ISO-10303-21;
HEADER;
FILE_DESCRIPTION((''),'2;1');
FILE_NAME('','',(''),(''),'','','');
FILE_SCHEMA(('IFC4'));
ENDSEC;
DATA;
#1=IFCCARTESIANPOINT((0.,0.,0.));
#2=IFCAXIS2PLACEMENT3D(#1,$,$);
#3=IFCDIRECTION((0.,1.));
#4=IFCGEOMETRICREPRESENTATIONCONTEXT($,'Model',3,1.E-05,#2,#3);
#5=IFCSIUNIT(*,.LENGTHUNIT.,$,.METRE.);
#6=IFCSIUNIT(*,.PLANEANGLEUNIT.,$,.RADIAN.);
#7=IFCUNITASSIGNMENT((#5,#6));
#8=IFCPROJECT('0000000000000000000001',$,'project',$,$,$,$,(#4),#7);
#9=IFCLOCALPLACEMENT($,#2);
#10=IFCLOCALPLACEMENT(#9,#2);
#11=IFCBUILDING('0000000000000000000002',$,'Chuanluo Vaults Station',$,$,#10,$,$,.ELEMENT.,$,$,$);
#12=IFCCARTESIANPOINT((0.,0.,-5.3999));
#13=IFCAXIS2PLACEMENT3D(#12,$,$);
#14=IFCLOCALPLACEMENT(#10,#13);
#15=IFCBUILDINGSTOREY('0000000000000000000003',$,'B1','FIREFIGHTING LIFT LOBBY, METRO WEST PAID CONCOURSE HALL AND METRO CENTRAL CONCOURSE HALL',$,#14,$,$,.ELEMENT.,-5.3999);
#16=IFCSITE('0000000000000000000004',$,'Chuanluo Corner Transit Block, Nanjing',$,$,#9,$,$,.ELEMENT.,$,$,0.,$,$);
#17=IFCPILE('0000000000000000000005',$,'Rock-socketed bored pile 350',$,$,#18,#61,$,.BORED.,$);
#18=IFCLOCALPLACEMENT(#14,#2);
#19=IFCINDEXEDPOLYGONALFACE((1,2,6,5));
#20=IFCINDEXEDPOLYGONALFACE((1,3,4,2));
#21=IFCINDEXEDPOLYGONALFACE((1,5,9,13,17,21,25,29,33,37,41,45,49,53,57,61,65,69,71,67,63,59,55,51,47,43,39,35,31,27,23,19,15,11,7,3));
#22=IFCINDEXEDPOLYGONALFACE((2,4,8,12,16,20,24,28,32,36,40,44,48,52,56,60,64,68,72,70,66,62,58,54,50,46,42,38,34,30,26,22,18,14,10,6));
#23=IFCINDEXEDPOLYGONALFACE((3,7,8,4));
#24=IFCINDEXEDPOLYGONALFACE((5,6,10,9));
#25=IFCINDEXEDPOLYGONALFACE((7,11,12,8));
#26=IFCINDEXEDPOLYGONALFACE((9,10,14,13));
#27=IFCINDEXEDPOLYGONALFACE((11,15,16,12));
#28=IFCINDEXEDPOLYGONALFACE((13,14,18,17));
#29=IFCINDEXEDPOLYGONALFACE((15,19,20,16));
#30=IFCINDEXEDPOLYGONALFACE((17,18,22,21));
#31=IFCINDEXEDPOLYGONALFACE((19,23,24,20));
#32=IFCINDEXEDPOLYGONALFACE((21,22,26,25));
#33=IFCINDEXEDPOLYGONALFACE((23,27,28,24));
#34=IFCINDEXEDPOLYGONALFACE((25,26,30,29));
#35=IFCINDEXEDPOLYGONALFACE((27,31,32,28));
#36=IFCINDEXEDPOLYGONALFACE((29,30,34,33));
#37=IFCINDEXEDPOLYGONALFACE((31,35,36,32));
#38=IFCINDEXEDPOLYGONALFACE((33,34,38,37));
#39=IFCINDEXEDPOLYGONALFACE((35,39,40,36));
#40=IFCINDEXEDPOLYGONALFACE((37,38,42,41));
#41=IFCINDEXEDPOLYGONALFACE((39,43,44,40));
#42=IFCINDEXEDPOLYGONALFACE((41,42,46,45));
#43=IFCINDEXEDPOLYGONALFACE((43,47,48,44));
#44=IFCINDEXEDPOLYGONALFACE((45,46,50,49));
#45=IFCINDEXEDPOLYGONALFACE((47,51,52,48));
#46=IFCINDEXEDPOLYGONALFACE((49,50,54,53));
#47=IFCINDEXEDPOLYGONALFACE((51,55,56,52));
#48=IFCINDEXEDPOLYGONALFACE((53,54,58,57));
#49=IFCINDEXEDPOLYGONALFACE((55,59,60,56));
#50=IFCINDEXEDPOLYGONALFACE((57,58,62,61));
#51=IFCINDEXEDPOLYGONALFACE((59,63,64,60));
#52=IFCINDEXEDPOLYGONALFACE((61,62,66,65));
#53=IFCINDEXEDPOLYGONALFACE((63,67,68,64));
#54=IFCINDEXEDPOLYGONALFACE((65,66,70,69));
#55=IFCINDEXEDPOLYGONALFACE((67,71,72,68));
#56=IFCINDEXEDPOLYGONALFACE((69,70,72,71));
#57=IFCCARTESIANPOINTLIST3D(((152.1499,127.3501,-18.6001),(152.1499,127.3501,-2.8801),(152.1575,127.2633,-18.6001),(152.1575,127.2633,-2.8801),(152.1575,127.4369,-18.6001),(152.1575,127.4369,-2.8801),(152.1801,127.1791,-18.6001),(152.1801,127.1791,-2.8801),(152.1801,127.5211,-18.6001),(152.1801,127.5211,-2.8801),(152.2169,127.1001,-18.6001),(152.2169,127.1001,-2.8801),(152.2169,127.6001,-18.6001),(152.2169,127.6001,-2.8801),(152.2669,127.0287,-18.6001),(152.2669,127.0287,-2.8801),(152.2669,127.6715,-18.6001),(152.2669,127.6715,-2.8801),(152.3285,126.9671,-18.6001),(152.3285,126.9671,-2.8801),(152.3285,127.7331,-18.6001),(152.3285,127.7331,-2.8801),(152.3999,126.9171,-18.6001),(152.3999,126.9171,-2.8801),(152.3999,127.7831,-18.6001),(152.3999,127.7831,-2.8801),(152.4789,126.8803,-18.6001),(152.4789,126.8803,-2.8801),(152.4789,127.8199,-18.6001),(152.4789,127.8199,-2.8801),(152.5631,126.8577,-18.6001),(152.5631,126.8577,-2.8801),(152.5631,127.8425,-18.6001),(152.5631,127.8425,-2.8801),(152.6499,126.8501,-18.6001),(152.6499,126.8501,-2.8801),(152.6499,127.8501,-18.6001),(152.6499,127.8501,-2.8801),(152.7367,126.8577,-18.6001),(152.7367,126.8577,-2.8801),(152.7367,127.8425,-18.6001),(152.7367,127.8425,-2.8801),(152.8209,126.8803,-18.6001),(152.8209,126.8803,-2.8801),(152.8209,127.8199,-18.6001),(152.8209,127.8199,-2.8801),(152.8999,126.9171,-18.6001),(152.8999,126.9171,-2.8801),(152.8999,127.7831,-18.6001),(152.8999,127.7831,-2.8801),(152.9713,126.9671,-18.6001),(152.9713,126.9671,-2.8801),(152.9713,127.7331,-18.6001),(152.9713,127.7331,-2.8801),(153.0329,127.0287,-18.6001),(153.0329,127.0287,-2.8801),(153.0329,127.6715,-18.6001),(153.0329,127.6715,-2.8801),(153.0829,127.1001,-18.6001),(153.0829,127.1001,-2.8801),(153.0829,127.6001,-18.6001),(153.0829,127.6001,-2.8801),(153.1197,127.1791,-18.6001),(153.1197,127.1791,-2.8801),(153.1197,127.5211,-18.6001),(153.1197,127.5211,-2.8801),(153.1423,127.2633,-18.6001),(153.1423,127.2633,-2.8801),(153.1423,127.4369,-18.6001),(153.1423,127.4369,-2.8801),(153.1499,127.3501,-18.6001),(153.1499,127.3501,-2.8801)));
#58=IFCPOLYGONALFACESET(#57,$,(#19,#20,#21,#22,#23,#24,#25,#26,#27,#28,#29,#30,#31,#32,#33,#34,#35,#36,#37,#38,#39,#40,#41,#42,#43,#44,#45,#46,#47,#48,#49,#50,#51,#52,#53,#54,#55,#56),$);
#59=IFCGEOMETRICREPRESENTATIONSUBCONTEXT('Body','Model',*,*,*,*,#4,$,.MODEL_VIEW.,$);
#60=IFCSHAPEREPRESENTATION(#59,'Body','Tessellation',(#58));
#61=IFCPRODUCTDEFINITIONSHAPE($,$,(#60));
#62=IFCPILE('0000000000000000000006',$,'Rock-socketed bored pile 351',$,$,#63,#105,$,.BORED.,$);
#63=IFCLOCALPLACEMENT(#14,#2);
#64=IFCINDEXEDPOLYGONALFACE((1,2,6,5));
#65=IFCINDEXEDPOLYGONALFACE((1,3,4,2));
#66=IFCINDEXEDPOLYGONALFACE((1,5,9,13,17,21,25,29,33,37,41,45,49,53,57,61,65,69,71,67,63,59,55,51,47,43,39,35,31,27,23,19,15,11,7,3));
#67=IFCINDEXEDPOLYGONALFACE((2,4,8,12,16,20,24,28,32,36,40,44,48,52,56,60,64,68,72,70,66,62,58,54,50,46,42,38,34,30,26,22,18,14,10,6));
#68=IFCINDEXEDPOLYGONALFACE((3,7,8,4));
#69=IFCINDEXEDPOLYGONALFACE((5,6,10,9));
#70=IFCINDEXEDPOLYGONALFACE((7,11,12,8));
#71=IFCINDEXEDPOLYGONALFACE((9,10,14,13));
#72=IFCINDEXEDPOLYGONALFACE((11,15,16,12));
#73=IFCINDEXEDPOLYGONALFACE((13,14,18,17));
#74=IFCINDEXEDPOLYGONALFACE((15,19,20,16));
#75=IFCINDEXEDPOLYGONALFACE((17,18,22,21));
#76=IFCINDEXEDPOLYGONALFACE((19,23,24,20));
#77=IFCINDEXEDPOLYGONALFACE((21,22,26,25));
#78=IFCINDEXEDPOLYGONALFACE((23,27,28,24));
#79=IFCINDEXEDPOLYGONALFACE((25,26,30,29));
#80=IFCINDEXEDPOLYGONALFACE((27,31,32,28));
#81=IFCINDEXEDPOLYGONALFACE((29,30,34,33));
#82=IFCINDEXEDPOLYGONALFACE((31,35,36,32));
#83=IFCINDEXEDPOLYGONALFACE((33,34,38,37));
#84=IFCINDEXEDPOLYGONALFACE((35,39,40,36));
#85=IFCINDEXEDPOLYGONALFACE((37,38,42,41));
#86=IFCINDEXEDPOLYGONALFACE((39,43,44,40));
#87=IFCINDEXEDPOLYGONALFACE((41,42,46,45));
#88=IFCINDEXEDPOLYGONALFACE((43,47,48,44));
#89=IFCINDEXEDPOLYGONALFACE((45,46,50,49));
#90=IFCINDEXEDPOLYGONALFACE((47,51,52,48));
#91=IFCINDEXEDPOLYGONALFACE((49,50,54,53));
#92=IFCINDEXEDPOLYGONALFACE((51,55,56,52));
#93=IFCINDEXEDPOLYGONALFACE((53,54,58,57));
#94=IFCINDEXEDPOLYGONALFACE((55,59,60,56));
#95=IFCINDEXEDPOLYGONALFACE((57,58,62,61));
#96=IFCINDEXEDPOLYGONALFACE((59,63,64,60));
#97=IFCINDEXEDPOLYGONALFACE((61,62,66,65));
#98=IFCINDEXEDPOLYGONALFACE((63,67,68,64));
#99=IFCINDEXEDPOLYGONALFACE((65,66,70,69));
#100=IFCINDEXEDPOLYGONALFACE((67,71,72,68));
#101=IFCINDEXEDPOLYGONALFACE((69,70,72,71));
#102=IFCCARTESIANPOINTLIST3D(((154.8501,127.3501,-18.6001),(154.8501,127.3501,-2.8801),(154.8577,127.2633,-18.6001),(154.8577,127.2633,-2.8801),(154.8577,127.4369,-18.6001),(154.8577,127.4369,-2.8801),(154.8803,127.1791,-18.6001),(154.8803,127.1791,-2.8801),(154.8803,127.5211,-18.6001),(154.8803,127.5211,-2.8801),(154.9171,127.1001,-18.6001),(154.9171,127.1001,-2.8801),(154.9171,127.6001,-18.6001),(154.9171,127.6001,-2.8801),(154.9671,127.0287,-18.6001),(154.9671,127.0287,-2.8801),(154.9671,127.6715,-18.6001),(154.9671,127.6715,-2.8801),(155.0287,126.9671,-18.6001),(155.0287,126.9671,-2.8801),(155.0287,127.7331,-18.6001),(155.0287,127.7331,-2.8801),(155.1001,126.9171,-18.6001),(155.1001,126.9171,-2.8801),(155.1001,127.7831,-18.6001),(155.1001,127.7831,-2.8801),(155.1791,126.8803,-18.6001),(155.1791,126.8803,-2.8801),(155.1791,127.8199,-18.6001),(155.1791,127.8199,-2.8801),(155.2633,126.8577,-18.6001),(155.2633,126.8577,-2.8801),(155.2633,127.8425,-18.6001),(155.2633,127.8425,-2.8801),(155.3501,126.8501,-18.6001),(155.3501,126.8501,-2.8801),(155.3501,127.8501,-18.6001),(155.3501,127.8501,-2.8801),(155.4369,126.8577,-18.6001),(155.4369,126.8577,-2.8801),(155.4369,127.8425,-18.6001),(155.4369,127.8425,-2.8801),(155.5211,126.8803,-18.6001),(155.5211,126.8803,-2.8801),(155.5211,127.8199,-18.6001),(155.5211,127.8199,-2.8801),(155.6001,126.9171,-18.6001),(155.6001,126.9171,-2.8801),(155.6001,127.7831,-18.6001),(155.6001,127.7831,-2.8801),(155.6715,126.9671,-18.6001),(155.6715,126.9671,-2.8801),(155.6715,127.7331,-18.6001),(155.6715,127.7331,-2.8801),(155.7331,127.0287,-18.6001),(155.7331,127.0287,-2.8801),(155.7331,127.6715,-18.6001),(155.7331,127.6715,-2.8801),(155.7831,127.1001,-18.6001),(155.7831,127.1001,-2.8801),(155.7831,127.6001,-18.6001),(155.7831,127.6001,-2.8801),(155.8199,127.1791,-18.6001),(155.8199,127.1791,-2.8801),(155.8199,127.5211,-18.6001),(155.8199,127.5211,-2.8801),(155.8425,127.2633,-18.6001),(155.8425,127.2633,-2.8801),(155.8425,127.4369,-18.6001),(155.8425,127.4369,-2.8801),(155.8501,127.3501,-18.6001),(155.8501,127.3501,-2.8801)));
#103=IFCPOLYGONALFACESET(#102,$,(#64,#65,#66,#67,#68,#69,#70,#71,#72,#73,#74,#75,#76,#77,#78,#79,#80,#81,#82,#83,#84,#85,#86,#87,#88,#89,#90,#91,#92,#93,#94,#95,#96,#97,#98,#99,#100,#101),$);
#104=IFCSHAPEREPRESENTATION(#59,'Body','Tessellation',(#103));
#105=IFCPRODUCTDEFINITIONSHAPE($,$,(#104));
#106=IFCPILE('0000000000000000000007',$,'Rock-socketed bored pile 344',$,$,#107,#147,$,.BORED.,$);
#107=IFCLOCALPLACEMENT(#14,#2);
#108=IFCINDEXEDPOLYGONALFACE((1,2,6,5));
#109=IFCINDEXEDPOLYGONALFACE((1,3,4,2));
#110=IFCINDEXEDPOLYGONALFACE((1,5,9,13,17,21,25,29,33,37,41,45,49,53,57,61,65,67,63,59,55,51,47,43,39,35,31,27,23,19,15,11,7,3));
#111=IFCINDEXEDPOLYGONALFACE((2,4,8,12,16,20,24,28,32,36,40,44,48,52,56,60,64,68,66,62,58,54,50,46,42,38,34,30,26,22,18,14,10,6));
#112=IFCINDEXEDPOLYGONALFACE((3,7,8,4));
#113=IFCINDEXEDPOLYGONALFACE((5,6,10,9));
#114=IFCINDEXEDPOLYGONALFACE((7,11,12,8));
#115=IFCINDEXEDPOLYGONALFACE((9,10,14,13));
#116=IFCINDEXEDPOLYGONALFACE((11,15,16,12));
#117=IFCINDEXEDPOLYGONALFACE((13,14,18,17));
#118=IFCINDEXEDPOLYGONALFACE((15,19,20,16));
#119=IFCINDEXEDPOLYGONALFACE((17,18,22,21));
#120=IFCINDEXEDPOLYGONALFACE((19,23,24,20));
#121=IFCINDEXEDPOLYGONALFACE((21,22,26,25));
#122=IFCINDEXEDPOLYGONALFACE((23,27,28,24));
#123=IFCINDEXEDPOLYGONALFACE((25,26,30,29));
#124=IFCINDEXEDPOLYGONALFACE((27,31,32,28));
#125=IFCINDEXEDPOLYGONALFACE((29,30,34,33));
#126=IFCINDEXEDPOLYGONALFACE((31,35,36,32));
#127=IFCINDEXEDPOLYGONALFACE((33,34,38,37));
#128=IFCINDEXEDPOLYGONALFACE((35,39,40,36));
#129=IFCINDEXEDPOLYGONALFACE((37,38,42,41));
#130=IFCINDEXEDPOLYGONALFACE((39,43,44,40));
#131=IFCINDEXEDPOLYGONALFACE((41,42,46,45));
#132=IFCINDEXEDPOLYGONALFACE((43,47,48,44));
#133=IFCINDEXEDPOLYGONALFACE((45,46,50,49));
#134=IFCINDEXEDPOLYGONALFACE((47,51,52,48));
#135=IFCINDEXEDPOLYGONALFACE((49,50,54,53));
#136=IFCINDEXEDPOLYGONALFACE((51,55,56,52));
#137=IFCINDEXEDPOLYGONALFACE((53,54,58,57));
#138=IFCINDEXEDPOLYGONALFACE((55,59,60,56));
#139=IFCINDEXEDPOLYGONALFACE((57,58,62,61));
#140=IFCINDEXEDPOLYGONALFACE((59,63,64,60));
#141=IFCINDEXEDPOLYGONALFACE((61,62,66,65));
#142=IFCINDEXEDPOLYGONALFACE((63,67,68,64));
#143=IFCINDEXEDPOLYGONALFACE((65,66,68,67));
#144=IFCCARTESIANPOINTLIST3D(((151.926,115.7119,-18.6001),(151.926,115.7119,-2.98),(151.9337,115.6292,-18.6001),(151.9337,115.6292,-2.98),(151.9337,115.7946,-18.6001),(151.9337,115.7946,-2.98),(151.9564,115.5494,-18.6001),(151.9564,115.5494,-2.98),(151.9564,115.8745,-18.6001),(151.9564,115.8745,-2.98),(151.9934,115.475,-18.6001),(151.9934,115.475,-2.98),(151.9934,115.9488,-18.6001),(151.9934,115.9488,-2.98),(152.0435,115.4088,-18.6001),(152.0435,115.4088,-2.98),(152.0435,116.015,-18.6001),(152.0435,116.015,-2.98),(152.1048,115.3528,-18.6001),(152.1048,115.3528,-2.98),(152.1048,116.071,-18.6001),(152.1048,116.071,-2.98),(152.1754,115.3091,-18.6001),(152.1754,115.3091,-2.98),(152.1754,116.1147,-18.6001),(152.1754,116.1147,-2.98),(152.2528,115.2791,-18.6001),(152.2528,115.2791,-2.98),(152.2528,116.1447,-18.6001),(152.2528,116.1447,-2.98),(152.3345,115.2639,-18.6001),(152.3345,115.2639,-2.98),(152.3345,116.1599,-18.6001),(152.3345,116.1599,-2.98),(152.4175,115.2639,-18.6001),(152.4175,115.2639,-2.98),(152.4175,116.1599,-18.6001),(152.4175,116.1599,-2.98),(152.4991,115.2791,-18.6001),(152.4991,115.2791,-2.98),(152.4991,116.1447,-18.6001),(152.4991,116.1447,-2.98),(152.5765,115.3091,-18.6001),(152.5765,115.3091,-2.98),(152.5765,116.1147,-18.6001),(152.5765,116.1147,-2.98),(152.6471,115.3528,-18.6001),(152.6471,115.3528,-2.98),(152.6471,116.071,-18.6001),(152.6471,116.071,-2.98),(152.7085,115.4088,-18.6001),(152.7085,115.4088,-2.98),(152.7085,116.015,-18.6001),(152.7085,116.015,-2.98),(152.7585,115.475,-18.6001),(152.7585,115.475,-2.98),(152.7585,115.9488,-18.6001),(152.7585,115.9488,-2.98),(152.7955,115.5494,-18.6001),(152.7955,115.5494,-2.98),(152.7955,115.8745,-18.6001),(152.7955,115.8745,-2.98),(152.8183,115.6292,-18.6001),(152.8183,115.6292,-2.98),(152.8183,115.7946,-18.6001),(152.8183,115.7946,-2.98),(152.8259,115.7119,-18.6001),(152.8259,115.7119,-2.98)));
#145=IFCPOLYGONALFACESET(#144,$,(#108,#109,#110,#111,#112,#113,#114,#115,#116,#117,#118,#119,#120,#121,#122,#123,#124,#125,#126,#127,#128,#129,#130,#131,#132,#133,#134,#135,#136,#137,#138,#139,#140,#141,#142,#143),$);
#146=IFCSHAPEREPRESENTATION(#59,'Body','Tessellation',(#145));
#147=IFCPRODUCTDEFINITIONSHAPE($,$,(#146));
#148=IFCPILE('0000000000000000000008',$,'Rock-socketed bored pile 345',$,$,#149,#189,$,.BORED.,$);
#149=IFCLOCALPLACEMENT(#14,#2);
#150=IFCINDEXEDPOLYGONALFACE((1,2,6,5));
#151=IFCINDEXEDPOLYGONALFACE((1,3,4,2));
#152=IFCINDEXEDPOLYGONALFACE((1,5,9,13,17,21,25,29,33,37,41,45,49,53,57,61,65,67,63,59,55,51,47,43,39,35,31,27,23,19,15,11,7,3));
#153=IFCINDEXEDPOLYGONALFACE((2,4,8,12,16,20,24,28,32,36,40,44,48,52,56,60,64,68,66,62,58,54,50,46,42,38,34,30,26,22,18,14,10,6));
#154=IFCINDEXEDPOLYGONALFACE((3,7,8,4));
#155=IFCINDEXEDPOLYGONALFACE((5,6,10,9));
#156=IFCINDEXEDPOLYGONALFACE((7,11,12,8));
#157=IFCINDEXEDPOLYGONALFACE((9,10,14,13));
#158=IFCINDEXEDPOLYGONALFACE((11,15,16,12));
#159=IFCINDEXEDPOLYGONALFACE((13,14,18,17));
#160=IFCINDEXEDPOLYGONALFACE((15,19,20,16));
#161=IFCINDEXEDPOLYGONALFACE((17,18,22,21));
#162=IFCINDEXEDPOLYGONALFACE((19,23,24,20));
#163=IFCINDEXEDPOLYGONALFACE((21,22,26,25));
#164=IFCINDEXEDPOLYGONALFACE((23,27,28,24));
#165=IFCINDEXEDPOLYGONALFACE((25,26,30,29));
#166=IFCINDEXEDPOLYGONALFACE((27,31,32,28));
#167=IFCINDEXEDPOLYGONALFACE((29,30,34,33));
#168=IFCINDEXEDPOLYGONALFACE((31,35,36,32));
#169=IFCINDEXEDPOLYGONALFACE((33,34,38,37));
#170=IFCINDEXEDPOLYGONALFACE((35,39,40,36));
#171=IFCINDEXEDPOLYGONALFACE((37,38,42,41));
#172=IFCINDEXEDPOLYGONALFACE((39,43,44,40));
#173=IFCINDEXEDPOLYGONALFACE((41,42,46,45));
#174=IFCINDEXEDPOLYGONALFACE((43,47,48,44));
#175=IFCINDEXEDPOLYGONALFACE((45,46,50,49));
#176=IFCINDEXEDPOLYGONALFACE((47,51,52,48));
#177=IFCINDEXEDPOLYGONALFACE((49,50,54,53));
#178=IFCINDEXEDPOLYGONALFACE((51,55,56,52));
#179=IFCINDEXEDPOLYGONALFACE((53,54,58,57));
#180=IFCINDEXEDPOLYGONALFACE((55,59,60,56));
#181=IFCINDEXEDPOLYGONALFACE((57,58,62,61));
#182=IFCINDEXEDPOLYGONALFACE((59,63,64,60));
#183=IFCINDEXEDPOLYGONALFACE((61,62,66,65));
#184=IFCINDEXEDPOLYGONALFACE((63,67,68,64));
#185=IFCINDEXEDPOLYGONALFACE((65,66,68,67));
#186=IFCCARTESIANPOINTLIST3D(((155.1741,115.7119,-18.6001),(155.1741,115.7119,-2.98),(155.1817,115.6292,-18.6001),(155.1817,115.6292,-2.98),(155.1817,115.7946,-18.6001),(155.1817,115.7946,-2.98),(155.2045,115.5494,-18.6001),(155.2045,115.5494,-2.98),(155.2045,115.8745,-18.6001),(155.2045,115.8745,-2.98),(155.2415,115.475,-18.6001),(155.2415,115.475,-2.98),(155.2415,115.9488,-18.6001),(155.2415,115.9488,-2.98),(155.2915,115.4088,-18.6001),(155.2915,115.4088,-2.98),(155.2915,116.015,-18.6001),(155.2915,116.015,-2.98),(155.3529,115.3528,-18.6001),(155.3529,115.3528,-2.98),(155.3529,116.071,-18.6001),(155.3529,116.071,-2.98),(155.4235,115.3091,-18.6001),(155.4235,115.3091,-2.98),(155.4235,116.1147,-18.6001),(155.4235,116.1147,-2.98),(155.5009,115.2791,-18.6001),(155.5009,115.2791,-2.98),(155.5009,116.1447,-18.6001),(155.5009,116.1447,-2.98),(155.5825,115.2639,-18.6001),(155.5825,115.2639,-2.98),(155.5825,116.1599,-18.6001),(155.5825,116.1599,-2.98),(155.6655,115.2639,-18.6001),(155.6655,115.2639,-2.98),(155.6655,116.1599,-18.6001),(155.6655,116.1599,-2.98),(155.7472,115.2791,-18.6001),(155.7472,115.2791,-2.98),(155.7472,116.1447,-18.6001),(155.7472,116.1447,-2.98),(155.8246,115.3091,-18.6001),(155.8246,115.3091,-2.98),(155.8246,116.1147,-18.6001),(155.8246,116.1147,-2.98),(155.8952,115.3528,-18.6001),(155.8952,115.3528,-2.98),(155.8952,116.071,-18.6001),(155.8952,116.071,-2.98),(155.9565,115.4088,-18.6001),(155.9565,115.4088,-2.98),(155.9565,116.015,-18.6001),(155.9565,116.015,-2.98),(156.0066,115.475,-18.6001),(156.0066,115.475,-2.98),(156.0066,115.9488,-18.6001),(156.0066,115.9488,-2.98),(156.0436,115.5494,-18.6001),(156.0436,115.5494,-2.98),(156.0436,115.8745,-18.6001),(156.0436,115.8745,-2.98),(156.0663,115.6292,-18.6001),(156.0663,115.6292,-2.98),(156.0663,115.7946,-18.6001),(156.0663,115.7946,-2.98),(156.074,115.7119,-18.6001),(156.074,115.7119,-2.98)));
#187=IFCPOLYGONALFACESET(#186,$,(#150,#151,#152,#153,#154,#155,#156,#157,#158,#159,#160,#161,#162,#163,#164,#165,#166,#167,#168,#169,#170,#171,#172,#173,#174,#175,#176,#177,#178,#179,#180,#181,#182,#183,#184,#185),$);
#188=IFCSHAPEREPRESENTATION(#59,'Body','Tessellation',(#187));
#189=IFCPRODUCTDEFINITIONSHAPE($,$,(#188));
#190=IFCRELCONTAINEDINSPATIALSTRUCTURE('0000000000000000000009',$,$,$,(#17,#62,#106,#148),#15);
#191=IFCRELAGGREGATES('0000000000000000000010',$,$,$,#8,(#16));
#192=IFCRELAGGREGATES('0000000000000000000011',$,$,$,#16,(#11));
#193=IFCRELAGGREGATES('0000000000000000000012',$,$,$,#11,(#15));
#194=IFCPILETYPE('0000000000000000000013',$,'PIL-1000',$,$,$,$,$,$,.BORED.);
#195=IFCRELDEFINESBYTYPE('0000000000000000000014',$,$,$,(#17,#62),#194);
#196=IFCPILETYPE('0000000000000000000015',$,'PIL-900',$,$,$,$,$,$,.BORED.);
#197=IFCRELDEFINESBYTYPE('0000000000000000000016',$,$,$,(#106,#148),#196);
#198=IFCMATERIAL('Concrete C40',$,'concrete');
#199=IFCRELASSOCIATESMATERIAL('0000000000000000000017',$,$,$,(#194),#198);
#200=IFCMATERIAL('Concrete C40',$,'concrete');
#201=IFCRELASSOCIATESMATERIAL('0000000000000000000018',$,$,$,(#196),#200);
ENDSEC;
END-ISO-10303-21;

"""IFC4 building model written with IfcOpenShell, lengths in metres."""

from ifc_helpers import new_model, si_unit, direction, frame, origin, origin_2d, place, context, subcontext, project, spatial, circle, extrude, material, material_profile, profile_set, type_object, element, save


model = new_model("IFC4")

# Units and contexts
model_context = context("Model", 3, precision=1e-05, world=origin(), true_north=direction((0.0, 1.0)))
body_context = subcontext(model_context, "Body", "Model", "MODEL_VIEW")
ifc_project = project(units=[si_unit("LENGTHUNIT", "METRE"), si_unit("PLANEANGLEUNIT", "RADIAN")], contexts=[model_context])

# Site, building, storey
site_placement = place(None, origin())
site = spatial("IfcSite", under=ifc_project, at=site_placement, Name="Chuanluo Corner Transit Block, Nanjing", CompositionType="ELEMENT", RefElevation=0.0)
building_placement = place(site_placement, origin())
building = spatial("IfcBuilding", under=site, at=building_placement, Name="Chuanluo Vaults Station", CompositionType="ELEMENT")
storey_placement = place(building_placement, frame((0.0, 0.0, -5.3999)))
storey = spatial("IfcBuildingStorey", under=building, at=storey_placement, Name="B1", Description="FIREFIGHTING LIFT LOBBY, METRO WEST PAID CONCOURSE HALL AND METRO CENTRAL CONCOURSE HALL", CompositionType="ELEMENT", Elevation=-5.3999)

# Piles
ifc_material_1 = material(Name="Concrete C40", Category="concrete")
ifc_material_profile_1 = material_profile(ifc_material_1, circle(Radius=0.5, at=origin_2d()))
ifc_profile_set_1 = profile_set([ifc_material_profile_1], Name="Concrete C40")
pile_type_1 = type_object("IfcPileType", Name="PIL-1000", PredefinedType="BORED", material=ifc_profile_set_1)
for number, where, z_axis, x_axis, name in (
    (1, (152.6499, 127.3501, -2.8801), (0.0, 0.0, -1.0), (1.0, 0.0, 0.0), "Rock-socketed bored pile 350"),
    (2, (155.3501, 127.3501, -2.8801), (0.0, 0.0, -1.0), (1.0, 0.0, 0.0), "Rock-socketed bored pile 351"),
):
    element("IfcPile", number, at=place(storey_placement, frame(where, z_axis=z_axis, x_axis=x_axis)), inside=storey, type_object=pile_type_1, Name=name, PredefinedType="BORED", context=body_context, shape_type="SweptSolid", body=[
        extrude(circle(Radius=0.5, at=origin_2d()), origin(), (0.0, 0.0, 1.0), 15.72),
    ])
ifc_material_2 = material(Name="Concrete C40", Category="concrete")
ifc_material_profile_2 = material_profile(ifc_material_2, circle(Radius=0.45, at=origin_2d()))
ifc_profile_set_2 = profile_set([ifc_material_profile_2], Name="Concrete C40")
pile_type_2 = type_object("IfcPileType", Name="PIL-900", PredefinedType="BORED", material=ifc_profile_set_2)
for number, where, z_axis, x_axis, name in (
    (3, (152.376, 115.7119, -2.98), (0.0, 0.0, -1.0), (1.0, 0.0, 0.0), "Rock-socketed bored pile 344"),
    (4, (155.624, 115.7119, -2.98), (0.0, 0.0, -1.0), (1.0, 0.0, 0.0), "Rock-socketed bored pile 345"),
):
    element("IfcPile", number, at=place(storey_placement, frame(where, z_axis=z_axis, x_axis=x_axis)), inside=storey, type_object=pile_type_2, Name=name, PredefinedType="BORED", context=body_context, shape_type="SweptSolid", body=[
        extrude(circle(Radius=0.45, at=origin_2d()), origin(), (0.0, 0.0, 1.0), 15.6201),
    ])

save(model, "model.ifc")
